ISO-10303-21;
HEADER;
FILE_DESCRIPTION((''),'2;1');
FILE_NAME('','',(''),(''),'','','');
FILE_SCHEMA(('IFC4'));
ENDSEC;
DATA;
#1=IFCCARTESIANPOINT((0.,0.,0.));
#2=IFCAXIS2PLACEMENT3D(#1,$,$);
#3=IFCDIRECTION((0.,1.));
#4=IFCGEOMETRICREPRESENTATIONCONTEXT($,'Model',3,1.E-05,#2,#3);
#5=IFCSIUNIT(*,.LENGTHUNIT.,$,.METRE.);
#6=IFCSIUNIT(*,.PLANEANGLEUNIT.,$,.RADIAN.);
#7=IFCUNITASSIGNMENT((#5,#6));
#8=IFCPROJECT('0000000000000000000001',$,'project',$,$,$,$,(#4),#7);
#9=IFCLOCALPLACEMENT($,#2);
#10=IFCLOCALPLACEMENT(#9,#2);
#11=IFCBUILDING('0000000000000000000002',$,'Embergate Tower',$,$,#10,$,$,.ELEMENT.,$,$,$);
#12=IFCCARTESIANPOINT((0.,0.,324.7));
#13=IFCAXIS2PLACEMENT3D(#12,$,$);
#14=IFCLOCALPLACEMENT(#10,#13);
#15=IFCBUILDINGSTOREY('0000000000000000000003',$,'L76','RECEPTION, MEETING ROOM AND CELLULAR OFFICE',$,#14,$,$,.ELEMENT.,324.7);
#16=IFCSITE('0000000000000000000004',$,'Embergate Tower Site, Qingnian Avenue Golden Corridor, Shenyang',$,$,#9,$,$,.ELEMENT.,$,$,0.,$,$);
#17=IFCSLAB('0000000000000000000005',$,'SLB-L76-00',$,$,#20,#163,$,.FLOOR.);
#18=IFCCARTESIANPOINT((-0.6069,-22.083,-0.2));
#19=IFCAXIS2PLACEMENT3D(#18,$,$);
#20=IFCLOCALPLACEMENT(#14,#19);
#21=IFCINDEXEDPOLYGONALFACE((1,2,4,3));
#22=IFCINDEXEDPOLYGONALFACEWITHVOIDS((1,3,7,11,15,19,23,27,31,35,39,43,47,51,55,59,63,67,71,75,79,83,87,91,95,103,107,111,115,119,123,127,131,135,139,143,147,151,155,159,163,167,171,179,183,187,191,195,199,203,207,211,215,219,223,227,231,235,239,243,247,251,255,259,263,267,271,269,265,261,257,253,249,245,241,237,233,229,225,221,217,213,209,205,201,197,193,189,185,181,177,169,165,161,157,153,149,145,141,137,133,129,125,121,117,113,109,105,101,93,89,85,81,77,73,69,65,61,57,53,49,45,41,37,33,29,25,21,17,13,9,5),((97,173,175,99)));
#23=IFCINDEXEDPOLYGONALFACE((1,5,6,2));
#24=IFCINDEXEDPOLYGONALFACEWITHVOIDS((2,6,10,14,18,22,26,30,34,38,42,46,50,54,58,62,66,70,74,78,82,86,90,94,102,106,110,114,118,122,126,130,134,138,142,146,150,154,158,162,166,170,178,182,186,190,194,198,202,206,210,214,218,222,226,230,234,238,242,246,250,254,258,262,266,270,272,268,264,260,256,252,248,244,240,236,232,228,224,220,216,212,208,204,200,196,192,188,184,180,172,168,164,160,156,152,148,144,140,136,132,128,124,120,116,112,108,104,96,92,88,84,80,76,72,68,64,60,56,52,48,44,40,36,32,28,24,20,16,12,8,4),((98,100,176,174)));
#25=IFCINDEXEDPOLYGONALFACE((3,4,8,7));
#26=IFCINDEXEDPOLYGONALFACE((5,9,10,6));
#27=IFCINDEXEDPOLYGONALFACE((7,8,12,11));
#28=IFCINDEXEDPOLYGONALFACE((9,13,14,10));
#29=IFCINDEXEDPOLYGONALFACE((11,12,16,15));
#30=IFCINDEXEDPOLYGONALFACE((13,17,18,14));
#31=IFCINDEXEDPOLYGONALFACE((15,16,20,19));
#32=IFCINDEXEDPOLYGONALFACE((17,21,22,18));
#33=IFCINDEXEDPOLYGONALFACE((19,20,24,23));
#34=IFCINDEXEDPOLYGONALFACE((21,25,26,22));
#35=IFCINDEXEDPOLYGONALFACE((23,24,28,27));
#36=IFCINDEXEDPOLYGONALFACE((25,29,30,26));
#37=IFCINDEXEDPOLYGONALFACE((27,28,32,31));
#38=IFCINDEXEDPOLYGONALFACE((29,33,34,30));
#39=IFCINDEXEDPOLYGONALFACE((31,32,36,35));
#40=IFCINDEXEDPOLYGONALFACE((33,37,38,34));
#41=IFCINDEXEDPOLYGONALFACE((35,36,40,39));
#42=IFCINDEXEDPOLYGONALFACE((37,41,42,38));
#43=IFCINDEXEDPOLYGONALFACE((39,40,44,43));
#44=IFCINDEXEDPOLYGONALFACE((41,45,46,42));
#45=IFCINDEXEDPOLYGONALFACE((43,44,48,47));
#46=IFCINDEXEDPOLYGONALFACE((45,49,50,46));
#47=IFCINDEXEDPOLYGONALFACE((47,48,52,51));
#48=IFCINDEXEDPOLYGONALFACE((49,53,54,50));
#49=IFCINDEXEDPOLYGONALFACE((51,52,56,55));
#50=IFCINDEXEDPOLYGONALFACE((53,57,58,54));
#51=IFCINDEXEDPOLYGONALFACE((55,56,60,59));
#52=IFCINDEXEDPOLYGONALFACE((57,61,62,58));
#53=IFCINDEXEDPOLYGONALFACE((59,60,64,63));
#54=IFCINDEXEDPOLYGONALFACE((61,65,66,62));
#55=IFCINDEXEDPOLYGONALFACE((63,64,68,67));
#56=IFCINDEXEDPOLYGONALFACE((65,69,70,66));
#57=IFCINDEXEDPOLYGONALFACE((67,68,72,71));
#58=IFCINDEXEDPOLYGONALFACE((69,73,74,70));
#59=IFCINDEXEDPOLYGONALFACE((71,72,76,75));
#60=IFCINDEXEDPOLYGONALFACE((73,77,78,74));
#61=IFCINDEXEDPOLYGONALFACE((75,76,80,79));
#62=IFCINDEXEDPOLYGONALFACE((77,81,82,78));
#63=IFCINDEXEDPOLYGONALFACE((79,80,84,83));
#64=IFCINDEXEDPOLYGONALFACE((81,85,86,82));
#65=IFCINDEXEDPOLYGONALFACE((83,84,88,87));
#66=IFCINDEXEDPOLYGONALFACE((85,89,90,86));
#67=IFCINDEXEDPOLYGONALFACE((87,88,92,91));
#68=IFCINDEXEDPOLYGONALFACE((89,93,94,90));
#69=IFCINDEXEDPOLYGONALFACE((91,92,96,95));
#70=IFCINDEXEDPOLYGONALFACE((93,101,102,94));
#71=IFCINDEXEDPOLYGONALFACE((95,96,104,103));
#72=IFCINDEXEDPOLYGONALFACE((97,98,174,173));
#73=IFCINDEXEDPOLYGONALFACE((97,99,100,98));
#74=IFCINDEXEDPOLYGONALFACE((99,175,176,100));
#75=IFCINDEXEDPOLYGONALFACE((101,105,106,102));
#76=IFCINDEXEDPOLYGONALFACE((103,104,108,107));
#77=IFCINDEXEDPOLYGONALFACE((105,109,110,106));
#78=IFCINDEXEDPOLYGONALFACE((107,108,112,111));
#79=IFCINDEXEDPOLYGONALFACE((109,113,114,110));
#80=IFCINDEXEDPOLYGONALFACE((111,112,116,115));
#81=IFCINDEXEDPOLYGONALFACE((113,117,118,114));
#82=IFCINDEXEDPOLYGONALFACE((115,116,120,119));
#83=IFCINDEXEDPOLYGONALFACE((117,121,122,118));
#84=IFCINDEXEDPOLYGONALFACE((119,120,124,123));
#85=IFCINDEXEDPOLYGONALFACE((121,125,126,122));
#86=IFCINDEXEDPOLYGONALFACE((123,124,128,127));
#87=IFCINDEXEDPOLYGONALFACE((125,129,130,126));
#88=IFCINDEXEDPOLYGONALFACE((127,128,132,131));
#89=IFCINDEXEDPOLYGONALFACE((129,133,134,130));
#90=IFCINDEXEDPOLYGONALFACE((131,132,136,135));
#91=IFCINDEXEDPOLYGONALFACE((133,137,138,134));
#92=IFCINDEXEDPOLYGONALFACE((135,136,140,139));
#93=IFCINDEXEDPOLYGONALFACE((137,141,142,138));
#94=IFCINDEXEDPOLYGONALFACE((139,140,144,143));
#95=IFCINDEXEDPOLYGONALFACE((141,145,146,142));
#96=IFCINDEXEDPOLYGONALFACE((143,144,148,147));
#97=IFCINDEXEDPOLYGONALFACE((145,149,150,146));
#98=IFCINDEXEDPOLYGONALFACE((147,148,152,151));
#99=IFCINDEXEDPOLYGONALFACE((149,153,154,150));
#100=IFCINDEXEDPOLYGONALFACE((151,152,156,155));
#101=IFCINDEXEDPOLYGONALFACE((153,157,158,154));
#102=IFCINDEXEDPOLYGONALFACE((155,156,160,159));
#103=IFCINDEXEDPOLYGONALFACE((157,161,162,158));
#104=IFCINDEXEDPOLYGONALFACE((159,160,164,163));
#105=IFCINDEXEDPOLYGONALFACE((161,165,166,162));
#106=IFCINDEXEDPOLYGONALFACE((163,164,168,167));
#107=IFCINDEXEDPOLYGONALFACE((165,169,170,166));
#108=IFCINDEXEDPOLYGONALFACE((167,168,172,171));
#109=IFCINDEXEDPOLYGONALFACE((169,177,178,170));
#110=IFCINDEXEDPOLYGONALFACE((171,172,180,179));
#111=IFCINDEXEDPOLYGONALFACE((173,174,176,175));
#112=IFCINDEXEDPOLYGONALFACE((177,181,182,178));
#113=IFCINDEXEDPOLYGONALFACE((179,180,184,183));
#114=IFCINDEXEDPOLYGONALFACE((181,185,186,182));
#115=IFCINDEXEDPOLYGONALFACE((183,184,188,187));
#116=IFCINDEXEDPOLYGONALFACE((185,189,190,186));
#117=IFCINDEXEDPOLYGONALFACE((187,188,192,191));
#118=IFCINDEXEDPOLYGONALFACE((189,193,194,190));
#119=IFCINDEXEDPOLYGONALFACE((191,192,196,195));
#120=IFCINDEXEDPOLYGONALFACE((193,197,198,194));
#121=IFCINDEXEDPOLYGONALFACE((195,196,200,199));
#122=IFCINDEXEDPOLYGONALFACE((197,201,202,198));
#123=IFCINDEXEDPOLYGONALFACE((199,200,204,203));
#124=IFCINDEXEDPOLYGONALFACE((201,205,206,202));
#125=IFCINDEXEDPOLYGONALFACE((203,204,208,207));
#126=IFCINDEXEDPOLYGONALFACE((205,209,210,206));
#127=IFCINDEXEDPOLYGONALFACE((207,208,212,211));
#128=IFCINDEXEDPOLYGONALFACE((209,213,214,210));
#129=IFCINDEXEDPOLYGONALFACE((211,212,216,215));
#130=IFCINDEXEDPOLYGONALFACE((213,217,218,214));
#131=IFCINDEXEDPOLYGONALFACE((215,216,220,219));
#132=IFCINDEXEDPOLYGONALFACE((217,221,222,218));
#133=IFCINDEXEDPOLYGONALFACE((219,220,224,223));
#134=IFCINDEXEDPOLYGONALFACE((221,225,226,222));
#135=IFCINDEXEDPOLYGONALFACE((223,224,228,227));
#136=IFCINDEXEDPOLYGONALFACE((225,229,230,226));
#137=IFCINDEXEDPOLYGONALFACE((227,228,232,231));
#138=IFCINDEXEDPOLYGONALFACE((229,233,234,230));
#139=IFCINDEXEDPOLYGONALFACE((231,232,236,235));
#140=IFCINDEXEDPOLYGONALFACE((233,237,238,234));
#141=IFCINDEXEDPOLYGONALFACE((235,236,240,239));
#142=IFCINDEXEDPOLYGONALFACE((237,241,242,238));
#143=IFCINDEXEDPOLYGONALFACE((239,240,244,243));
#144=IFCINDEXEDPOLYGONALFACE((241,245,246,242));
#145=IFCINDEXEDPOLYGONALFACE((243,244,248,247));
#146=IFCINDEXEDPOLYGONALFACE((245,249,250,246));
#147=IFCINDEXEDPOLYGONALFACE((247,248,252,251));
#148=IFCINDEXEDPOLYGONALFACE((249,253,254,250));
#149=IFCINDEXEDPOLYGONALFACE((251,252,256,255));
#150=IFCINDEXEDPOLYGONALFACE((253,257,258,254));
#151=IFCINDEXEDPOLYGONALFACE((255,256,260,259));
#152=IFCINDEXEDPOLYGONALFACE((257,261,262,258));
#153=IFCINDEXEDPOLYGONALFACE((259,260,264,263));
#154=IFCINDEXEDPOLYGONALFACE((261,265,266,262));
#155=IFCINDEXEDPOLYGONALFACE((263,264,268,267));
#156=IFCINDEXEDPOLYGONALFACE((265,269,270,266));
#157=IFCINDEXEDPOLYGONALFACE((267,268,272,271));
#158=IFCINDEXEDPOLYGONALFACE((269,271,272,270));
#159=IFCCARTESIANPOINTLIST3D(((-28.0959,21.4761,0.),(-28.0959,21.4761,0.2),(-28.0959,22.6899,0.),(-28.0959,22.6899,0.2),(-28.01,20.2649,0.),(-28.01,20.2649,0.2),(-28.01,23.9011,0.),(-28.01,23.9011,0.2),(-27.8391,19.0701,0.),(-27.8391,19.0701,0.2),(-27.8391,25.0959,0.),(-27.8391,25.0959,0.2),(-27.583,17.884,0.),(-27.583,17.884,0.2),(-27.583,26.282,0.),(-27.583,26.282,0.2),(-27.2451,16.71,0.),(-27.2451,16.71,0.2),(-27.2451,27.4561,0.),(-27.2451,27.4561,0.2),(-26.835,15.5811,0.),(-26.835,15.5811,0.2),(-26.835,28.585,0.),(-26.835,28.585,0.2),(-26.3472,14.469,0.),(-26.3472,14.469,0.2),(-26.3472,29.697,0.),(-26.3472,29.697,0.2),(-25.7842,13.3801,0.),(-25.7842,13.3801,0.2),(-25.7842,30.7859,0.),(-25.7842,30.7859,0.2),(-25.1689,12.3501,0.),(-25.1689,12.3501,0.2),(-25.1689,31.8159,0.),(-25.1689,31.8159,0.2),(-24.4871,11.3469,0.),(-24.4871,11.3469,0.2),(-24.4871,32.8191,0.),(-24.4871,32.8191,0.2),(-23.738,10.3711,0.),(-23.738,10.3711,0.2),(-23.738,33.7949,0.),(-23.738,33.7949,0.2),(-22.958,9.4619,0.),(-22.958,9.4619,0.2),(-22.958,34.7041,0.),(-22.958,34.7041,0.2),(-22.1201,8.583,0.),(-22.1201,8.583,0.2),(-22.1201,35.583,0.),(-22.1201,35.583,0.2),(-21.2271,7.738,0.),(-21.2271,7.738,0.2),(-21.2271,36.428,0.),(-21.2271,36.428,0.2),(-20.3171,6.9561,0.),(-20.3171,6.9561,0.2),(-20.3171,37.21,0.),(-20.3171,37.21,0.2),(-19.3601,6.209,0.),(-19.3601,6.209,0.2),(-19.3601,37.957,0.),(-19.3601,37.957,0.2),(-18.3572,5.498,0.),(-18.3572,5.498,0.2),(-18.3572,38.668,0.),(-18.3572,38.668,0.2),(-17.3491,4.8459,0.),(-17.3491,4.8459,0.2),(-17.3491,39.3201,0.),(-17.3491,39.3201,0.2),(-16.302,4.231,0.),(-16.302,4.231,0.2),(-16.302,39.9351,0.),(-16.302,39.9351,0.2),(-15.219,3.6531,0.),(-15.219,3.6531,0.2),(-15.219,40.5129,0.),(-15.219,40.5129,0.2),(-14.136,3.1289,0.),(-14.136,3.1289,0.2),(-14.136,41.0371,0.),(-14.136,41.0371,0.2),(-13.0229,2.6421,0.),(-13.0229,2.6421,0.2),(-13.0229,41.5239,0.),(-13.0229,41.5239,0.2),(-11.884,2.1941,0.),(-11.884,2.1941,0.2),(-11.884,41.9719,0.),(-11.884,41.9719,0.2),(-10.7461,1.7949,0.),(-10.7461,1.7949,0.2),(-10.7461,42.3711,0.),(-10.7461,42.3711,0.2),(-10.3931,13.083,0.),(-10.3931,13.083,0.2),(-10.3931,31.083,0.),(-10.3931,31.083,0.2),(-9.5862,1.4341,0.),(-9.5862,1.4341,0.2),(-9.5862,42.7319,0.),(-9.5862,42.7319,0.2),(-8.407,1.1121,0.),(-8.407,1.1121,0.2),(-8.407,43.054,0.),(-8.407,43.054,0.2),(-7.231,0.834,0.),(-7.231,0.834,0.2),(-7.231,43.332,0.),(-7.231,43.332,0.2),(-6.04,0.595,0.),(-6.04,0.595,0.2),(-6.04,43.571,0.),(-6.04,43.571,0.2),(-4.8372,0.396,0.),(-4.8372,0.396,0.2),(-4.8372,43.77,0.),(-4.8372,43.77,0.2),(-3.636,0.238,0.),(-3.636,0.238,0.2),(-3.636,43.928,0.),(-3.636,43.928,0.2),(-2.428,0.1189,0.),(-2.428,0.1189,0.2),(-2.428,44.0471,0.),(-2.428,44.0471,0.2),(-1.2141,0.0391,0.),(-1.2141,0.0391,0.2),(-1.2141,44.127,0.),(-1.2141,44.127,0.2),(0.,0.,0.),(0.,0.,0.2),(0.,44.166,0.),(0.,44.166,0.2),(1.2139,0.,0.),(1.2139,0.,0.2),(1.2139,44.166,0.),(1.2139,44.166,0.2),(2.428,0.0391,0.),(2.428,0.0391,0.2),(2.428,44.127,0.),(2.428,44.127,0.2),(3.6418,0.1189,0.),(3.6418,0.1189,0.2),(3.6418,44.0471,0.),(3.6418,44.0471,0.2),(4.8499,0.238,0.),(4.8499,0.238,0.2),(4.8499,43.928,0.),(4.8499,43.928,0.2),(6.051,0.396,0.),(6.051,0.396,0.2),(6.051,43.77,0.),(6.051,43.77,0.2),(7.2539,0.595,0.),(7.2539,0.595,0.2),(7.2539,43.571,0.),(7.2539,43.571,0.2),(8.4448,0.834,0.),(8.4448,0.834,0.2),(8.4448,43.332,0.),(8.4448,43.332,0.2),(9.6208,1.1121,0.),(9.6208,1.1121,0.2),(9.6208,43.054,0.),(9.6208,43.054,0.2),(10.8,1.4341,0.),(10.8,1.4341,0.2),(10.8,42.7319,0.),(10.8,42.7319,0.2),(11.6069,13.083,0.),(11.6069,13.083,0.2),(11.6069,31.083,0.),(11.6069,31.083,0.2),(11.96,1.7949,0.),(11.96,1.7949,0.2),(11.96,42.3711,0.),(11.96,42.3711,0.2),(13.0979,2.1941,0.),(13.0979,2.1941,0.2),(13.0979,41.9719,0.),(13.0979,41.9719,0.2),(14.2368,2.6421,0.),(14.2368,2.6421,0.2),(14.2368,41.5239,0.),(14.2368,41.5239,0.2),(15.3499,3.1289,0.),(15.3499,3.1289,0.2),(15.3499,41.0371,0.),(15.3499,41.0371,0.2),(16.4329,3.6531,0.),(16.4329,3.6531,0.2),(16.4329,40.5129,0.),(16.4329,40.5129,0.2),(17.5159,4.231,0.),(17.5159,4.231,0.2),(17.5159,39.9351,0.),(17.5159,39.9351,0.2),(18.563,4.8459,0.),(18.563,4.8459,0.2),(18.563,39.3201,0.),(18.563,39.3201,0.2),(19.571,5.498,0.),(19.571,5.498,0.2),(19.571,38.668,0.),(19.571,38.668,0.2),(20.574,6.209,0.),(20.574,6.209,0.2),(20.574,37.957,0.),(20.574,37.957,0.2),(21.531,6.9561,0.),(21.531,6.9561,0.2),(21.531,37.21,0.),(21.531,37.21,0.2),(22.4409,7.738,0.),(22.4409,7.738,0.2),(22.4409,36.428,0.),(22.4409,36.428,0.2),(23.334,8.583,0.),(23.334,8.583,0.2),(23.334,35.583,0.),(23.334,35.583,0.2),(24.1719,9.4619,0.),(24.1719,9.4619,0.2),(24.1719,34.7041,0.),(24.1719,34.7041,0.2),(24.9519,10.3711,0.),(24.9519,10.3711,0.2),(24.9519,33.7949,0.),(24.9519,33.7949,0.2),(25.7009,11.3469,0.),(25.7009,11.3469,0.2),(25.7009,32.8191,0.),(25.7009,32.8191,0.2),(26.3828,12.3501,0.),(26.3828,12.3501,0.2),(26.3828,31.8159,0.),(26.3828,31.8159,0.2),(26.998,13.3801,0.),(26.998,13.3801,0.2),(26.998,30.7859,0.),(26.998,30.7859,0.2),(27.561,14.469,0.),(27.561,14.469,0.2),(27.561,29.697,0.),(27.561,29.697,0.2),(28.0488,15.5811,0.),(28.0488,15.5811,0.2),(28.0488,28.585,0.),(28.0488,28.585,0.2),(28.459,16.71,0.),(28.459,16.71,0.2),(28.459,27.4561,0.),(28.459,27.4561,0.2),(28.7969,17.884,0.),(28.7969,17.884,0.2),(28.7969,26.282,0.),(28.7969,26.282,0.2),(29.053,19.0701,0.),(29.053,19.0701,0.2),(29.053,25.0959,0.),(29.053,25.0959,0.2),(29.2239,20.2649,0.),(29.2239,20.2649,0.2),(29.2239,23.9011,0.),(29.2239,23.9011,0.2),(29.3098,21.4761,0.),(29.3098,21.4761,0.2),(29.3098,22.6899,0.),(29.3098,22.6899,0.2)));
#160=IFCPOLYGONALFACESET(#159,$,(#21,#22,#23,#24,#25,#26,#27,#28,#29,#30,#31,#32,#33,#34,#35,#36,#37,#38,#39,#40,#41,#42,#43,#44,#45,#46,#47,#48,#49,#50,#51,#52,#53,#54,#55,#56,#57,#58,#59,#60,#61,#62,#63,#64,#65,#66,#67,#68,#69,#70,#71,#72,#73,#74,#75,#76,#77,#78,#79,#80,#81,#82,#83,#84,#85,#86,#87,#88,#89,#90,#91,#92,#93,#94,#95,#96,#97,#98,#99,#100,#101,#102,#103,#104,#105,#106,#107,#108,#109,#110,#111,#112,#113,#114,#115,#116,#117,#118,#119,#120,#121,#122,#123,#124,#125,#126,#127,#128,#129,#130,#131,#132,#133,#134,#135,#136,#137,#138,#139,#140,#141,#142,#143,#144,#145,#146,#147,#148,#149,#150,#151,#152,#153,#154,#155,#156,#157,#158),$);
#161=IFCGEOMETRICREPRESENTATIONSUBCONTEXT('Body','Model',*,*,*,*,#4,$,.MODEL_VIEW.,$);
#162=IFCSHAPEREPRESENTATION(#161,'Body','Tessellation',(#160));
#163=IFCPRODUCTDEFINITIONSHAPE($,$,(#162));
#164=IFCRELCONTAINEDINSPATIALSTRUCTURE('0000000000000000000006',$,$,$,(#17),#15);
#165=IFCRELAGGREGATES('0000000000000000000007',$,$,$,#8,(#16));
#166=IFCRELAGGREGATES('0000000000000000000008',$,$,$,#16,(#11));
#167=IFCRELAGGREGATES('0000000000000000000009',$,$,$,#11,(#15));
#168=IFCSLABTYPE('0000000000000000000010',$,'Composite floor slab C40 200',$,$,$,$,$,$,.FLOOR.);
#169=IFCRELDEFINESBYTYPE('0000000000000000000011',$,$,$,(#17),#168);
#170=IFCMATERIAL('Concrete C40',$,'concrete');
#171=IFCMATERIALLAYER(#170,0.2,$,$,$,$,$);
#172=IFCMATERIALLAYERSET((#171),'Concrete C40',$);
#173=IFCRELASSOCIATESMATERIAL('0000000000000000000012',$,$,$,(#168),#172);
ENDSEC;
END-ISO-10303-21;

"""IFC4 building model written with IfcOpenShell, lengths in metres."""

from ifc_helpers import new_model, si_unit, direction, frame, origin, place, context, subcontext, project, spatial, polyline, outline, extrude, source, transform, mapped, material, layer, layer_set, type_object, element, save


model = new_model("IFC4")

# Units and contexts
model_context = context("Model", 3, precision=1e-05, world=origin(), true_north=direction((0.0, 1.0)))
body_context = subcontext(model_context, "Body", "Model", "MODEL_VIEW")
ifc_project = project(units=[si_unit("LENGTHUNIT", "METRE"), si_unit("PLANEANGLEUNIT", "RADIAN")], contexts=[model_context])

# Site, building, storey
site_placement = place(None, origin())
site = spatial("IfcSite", under=ifc_project, at=site_placement, Name="Embergate Tower Site, Qingnian Avenue Golden Corridor, Shenyang", CompositionType="ELEMENT", RefElevation=0.0)
building_placement = place(site_placement, origin())
building = spatial("IfcBuilding", under=site, at=building_placement, Name="Embergate Tower", CompositionType="ELEMENT")
storey_placement = place(building_placement, frame((0.0, 0.0, 324.7)))
storey = spatial("IfcBuildingStorey", under=building, at=storey_placement, Name="L76", Description="RECEPTION, MEETING ROOM AND CELLULAR OFFICE", CompositionType="ELEMENT", Elevation=324.7)

# Slab
ifc_material_1 = material(Name="Concrete C40", Category="concrete")
ifc_layer_1 = layer(ifc_material_1, 0.2)
ifc_layer_set_1 = layer_set([ifc_layer_1], Name="Concrete C40")
slab_type = type_object("IfcSlabType", Name="Composite floor slab C40 200", PredefinedType="FLOOR", material=ifc_layer_set_1)
shared_shape_1 = source(origin(), body_context, "Body", "SweptSolid", [
    extrude(outline(polyline([(0.0, 0.0), (1.2139, 0.0), (2.428, 0.0391), (3.6418, 0.1189), (4.8499, 0.238), (6.051, 0.396), (7.2539, 0.595), (8.4448, 0.834), (9.6208, 1.1121), (10.8, 1.4341), (11.96, 1.7949), (13.0979, 2.1941), (14.2368, 2.6421), (15.3499, 3.1289), (16.4329, 3.6531), (17.5159, 4.231), (18.563, 4.8459), (19.571, 5.498), (20.574, 6.209), (21.531, 6.9561), (22.4409, 7.738), (23.334, 8.583), (24.1719, 9.4619), (24.9519, 10.3711), (25.7009, 11.3469), (26.3828, 12.3501), (26.998, 13.3801), (27.561, 14.469), (28.0488, 15.5811), (28.459, 16.71), (28.7969, 17.884), (29.053, 19.0701), (29.2239, 20.2649), (29.3098, 21.4761), (29.3098, 22.6899), (29.2239, 23.9011), (29.053, 25.0959), (28.7969, 26.282), (28.459, 27.4561), (28.0488, 28.585), (27.561, 29.697), (26.998, 30.7859), (26.3828, 31.8159), (25.7009, 32.8191), (24.9519, 33.7949), (24.1719, 34.7041), (23.334, 35.583), (22.4409, 36.428), (21.531, 37.21), (20.574, 37.957), (19.571, 38.668), (18.563, 39.3201), (17.5159, 39.9351), (16.4329, 40.5129), (15.3499, 41.0371), (14.2368, 41.5239), (13.0979, 41.9719), (11.96, 42.3711), (10.8, 42.7319), (9.6208, 43.054), (8.4448, 43.332), (7.2539, 43.571), (6.051, 43.77), (4.8499, 43.928), (3.6418, 44.0471), (2.428, 44.127), (1.2139, 44.166), (0.0, 44.166), (-1.2141, 44.127), (-2.428, 44.0471), (-3.636, 43.928), (-4.8372, 43.77), (-6.04, 43.571), (-7.231, 43.332), (-8.407, 43.054), (-9.5862, 42.7319), (-10.7461, 42.3711), (-11.884, 41.9719), (-13.0229, 41.5239), (-14.136, 41.0371), (-15.219, 40.5129), (-16.302, 39.9351), (-17.3491, 39.3201), (-18.3572, 38.668), (-19.3601, 37.957), (-20.3171, 37.21), (-21.2271, 36.428), (-22.1201, 35.583), (-22.958, 34.7041), (-23.738, 33.7949), (-24.4871, 32.8191), (-25.1689, 31.8159), (-25.7842, 30.7859), (-26.3472, 29.697), (-26.835, 28.585), (-27.2451, 27.4561), (-27.583, 26.282), (-27.8391, 25.0959), (-28.01, 23.9011), (-28.0959, 22.6899), (-28.0959, 21.4761), (-28.01, 20.2649), (-27.8391, 19.0701), (-27.583, 17.884), (-27.2451, 16.71), (-26.835, 15.5811), (-26.3472, 14.469), (-25.7842, 13.3801), (-25.1689, 12.3501), (-24.4871, 11.3469), (-23.738, 10.3711), (-22.958, 9.4619), (-22.1201, 8.583), (-21.2271, 7.738), (-20.3171, 6.9561), (-19.3601, 6.209), (-18.3572, 5.498), (-17.3491, 4.8459), (-16.302, 4.231), (-15.219, 3.6531), (-14.136, 3.1289), (-13.0229, 2.6421), (-11.884, 2.1941), (-10.7461, 1.7949), (-9.5862, 1.4341), (-8.407, 1.1121), (-7.231, 0.834), (-6.04, 0.595), (-4.8372, 0.396), (-3.636, 0.238), (-2.428, 0.1189), (-1.2141, 0.0391), (0.0, 0.0)]), holes=[polyline([(-10.3931, 13.083), (-10.3931, 31.083), (11.6069, 31.083), (11.6069, 13.083), (-10.3931, 13.083)])]), origin(), (0.0, 0.0, 1.0), 0.2),
])
slab_placement = place(storey_placement, frame((-0.6069, -22.083, -0.2)))
element("IfcSlab", 1, at=slab_placement, inside=storey, type_object=slab_type, Name="SLB-L76-00", PredefinedType="FLOOR", context=body_context, shape_type="MappedRepresentation", body=[
    mapped(shared_shape_1, transform((0.0, 0.0, 0.0))),
])

save(model, "model.ifc")
